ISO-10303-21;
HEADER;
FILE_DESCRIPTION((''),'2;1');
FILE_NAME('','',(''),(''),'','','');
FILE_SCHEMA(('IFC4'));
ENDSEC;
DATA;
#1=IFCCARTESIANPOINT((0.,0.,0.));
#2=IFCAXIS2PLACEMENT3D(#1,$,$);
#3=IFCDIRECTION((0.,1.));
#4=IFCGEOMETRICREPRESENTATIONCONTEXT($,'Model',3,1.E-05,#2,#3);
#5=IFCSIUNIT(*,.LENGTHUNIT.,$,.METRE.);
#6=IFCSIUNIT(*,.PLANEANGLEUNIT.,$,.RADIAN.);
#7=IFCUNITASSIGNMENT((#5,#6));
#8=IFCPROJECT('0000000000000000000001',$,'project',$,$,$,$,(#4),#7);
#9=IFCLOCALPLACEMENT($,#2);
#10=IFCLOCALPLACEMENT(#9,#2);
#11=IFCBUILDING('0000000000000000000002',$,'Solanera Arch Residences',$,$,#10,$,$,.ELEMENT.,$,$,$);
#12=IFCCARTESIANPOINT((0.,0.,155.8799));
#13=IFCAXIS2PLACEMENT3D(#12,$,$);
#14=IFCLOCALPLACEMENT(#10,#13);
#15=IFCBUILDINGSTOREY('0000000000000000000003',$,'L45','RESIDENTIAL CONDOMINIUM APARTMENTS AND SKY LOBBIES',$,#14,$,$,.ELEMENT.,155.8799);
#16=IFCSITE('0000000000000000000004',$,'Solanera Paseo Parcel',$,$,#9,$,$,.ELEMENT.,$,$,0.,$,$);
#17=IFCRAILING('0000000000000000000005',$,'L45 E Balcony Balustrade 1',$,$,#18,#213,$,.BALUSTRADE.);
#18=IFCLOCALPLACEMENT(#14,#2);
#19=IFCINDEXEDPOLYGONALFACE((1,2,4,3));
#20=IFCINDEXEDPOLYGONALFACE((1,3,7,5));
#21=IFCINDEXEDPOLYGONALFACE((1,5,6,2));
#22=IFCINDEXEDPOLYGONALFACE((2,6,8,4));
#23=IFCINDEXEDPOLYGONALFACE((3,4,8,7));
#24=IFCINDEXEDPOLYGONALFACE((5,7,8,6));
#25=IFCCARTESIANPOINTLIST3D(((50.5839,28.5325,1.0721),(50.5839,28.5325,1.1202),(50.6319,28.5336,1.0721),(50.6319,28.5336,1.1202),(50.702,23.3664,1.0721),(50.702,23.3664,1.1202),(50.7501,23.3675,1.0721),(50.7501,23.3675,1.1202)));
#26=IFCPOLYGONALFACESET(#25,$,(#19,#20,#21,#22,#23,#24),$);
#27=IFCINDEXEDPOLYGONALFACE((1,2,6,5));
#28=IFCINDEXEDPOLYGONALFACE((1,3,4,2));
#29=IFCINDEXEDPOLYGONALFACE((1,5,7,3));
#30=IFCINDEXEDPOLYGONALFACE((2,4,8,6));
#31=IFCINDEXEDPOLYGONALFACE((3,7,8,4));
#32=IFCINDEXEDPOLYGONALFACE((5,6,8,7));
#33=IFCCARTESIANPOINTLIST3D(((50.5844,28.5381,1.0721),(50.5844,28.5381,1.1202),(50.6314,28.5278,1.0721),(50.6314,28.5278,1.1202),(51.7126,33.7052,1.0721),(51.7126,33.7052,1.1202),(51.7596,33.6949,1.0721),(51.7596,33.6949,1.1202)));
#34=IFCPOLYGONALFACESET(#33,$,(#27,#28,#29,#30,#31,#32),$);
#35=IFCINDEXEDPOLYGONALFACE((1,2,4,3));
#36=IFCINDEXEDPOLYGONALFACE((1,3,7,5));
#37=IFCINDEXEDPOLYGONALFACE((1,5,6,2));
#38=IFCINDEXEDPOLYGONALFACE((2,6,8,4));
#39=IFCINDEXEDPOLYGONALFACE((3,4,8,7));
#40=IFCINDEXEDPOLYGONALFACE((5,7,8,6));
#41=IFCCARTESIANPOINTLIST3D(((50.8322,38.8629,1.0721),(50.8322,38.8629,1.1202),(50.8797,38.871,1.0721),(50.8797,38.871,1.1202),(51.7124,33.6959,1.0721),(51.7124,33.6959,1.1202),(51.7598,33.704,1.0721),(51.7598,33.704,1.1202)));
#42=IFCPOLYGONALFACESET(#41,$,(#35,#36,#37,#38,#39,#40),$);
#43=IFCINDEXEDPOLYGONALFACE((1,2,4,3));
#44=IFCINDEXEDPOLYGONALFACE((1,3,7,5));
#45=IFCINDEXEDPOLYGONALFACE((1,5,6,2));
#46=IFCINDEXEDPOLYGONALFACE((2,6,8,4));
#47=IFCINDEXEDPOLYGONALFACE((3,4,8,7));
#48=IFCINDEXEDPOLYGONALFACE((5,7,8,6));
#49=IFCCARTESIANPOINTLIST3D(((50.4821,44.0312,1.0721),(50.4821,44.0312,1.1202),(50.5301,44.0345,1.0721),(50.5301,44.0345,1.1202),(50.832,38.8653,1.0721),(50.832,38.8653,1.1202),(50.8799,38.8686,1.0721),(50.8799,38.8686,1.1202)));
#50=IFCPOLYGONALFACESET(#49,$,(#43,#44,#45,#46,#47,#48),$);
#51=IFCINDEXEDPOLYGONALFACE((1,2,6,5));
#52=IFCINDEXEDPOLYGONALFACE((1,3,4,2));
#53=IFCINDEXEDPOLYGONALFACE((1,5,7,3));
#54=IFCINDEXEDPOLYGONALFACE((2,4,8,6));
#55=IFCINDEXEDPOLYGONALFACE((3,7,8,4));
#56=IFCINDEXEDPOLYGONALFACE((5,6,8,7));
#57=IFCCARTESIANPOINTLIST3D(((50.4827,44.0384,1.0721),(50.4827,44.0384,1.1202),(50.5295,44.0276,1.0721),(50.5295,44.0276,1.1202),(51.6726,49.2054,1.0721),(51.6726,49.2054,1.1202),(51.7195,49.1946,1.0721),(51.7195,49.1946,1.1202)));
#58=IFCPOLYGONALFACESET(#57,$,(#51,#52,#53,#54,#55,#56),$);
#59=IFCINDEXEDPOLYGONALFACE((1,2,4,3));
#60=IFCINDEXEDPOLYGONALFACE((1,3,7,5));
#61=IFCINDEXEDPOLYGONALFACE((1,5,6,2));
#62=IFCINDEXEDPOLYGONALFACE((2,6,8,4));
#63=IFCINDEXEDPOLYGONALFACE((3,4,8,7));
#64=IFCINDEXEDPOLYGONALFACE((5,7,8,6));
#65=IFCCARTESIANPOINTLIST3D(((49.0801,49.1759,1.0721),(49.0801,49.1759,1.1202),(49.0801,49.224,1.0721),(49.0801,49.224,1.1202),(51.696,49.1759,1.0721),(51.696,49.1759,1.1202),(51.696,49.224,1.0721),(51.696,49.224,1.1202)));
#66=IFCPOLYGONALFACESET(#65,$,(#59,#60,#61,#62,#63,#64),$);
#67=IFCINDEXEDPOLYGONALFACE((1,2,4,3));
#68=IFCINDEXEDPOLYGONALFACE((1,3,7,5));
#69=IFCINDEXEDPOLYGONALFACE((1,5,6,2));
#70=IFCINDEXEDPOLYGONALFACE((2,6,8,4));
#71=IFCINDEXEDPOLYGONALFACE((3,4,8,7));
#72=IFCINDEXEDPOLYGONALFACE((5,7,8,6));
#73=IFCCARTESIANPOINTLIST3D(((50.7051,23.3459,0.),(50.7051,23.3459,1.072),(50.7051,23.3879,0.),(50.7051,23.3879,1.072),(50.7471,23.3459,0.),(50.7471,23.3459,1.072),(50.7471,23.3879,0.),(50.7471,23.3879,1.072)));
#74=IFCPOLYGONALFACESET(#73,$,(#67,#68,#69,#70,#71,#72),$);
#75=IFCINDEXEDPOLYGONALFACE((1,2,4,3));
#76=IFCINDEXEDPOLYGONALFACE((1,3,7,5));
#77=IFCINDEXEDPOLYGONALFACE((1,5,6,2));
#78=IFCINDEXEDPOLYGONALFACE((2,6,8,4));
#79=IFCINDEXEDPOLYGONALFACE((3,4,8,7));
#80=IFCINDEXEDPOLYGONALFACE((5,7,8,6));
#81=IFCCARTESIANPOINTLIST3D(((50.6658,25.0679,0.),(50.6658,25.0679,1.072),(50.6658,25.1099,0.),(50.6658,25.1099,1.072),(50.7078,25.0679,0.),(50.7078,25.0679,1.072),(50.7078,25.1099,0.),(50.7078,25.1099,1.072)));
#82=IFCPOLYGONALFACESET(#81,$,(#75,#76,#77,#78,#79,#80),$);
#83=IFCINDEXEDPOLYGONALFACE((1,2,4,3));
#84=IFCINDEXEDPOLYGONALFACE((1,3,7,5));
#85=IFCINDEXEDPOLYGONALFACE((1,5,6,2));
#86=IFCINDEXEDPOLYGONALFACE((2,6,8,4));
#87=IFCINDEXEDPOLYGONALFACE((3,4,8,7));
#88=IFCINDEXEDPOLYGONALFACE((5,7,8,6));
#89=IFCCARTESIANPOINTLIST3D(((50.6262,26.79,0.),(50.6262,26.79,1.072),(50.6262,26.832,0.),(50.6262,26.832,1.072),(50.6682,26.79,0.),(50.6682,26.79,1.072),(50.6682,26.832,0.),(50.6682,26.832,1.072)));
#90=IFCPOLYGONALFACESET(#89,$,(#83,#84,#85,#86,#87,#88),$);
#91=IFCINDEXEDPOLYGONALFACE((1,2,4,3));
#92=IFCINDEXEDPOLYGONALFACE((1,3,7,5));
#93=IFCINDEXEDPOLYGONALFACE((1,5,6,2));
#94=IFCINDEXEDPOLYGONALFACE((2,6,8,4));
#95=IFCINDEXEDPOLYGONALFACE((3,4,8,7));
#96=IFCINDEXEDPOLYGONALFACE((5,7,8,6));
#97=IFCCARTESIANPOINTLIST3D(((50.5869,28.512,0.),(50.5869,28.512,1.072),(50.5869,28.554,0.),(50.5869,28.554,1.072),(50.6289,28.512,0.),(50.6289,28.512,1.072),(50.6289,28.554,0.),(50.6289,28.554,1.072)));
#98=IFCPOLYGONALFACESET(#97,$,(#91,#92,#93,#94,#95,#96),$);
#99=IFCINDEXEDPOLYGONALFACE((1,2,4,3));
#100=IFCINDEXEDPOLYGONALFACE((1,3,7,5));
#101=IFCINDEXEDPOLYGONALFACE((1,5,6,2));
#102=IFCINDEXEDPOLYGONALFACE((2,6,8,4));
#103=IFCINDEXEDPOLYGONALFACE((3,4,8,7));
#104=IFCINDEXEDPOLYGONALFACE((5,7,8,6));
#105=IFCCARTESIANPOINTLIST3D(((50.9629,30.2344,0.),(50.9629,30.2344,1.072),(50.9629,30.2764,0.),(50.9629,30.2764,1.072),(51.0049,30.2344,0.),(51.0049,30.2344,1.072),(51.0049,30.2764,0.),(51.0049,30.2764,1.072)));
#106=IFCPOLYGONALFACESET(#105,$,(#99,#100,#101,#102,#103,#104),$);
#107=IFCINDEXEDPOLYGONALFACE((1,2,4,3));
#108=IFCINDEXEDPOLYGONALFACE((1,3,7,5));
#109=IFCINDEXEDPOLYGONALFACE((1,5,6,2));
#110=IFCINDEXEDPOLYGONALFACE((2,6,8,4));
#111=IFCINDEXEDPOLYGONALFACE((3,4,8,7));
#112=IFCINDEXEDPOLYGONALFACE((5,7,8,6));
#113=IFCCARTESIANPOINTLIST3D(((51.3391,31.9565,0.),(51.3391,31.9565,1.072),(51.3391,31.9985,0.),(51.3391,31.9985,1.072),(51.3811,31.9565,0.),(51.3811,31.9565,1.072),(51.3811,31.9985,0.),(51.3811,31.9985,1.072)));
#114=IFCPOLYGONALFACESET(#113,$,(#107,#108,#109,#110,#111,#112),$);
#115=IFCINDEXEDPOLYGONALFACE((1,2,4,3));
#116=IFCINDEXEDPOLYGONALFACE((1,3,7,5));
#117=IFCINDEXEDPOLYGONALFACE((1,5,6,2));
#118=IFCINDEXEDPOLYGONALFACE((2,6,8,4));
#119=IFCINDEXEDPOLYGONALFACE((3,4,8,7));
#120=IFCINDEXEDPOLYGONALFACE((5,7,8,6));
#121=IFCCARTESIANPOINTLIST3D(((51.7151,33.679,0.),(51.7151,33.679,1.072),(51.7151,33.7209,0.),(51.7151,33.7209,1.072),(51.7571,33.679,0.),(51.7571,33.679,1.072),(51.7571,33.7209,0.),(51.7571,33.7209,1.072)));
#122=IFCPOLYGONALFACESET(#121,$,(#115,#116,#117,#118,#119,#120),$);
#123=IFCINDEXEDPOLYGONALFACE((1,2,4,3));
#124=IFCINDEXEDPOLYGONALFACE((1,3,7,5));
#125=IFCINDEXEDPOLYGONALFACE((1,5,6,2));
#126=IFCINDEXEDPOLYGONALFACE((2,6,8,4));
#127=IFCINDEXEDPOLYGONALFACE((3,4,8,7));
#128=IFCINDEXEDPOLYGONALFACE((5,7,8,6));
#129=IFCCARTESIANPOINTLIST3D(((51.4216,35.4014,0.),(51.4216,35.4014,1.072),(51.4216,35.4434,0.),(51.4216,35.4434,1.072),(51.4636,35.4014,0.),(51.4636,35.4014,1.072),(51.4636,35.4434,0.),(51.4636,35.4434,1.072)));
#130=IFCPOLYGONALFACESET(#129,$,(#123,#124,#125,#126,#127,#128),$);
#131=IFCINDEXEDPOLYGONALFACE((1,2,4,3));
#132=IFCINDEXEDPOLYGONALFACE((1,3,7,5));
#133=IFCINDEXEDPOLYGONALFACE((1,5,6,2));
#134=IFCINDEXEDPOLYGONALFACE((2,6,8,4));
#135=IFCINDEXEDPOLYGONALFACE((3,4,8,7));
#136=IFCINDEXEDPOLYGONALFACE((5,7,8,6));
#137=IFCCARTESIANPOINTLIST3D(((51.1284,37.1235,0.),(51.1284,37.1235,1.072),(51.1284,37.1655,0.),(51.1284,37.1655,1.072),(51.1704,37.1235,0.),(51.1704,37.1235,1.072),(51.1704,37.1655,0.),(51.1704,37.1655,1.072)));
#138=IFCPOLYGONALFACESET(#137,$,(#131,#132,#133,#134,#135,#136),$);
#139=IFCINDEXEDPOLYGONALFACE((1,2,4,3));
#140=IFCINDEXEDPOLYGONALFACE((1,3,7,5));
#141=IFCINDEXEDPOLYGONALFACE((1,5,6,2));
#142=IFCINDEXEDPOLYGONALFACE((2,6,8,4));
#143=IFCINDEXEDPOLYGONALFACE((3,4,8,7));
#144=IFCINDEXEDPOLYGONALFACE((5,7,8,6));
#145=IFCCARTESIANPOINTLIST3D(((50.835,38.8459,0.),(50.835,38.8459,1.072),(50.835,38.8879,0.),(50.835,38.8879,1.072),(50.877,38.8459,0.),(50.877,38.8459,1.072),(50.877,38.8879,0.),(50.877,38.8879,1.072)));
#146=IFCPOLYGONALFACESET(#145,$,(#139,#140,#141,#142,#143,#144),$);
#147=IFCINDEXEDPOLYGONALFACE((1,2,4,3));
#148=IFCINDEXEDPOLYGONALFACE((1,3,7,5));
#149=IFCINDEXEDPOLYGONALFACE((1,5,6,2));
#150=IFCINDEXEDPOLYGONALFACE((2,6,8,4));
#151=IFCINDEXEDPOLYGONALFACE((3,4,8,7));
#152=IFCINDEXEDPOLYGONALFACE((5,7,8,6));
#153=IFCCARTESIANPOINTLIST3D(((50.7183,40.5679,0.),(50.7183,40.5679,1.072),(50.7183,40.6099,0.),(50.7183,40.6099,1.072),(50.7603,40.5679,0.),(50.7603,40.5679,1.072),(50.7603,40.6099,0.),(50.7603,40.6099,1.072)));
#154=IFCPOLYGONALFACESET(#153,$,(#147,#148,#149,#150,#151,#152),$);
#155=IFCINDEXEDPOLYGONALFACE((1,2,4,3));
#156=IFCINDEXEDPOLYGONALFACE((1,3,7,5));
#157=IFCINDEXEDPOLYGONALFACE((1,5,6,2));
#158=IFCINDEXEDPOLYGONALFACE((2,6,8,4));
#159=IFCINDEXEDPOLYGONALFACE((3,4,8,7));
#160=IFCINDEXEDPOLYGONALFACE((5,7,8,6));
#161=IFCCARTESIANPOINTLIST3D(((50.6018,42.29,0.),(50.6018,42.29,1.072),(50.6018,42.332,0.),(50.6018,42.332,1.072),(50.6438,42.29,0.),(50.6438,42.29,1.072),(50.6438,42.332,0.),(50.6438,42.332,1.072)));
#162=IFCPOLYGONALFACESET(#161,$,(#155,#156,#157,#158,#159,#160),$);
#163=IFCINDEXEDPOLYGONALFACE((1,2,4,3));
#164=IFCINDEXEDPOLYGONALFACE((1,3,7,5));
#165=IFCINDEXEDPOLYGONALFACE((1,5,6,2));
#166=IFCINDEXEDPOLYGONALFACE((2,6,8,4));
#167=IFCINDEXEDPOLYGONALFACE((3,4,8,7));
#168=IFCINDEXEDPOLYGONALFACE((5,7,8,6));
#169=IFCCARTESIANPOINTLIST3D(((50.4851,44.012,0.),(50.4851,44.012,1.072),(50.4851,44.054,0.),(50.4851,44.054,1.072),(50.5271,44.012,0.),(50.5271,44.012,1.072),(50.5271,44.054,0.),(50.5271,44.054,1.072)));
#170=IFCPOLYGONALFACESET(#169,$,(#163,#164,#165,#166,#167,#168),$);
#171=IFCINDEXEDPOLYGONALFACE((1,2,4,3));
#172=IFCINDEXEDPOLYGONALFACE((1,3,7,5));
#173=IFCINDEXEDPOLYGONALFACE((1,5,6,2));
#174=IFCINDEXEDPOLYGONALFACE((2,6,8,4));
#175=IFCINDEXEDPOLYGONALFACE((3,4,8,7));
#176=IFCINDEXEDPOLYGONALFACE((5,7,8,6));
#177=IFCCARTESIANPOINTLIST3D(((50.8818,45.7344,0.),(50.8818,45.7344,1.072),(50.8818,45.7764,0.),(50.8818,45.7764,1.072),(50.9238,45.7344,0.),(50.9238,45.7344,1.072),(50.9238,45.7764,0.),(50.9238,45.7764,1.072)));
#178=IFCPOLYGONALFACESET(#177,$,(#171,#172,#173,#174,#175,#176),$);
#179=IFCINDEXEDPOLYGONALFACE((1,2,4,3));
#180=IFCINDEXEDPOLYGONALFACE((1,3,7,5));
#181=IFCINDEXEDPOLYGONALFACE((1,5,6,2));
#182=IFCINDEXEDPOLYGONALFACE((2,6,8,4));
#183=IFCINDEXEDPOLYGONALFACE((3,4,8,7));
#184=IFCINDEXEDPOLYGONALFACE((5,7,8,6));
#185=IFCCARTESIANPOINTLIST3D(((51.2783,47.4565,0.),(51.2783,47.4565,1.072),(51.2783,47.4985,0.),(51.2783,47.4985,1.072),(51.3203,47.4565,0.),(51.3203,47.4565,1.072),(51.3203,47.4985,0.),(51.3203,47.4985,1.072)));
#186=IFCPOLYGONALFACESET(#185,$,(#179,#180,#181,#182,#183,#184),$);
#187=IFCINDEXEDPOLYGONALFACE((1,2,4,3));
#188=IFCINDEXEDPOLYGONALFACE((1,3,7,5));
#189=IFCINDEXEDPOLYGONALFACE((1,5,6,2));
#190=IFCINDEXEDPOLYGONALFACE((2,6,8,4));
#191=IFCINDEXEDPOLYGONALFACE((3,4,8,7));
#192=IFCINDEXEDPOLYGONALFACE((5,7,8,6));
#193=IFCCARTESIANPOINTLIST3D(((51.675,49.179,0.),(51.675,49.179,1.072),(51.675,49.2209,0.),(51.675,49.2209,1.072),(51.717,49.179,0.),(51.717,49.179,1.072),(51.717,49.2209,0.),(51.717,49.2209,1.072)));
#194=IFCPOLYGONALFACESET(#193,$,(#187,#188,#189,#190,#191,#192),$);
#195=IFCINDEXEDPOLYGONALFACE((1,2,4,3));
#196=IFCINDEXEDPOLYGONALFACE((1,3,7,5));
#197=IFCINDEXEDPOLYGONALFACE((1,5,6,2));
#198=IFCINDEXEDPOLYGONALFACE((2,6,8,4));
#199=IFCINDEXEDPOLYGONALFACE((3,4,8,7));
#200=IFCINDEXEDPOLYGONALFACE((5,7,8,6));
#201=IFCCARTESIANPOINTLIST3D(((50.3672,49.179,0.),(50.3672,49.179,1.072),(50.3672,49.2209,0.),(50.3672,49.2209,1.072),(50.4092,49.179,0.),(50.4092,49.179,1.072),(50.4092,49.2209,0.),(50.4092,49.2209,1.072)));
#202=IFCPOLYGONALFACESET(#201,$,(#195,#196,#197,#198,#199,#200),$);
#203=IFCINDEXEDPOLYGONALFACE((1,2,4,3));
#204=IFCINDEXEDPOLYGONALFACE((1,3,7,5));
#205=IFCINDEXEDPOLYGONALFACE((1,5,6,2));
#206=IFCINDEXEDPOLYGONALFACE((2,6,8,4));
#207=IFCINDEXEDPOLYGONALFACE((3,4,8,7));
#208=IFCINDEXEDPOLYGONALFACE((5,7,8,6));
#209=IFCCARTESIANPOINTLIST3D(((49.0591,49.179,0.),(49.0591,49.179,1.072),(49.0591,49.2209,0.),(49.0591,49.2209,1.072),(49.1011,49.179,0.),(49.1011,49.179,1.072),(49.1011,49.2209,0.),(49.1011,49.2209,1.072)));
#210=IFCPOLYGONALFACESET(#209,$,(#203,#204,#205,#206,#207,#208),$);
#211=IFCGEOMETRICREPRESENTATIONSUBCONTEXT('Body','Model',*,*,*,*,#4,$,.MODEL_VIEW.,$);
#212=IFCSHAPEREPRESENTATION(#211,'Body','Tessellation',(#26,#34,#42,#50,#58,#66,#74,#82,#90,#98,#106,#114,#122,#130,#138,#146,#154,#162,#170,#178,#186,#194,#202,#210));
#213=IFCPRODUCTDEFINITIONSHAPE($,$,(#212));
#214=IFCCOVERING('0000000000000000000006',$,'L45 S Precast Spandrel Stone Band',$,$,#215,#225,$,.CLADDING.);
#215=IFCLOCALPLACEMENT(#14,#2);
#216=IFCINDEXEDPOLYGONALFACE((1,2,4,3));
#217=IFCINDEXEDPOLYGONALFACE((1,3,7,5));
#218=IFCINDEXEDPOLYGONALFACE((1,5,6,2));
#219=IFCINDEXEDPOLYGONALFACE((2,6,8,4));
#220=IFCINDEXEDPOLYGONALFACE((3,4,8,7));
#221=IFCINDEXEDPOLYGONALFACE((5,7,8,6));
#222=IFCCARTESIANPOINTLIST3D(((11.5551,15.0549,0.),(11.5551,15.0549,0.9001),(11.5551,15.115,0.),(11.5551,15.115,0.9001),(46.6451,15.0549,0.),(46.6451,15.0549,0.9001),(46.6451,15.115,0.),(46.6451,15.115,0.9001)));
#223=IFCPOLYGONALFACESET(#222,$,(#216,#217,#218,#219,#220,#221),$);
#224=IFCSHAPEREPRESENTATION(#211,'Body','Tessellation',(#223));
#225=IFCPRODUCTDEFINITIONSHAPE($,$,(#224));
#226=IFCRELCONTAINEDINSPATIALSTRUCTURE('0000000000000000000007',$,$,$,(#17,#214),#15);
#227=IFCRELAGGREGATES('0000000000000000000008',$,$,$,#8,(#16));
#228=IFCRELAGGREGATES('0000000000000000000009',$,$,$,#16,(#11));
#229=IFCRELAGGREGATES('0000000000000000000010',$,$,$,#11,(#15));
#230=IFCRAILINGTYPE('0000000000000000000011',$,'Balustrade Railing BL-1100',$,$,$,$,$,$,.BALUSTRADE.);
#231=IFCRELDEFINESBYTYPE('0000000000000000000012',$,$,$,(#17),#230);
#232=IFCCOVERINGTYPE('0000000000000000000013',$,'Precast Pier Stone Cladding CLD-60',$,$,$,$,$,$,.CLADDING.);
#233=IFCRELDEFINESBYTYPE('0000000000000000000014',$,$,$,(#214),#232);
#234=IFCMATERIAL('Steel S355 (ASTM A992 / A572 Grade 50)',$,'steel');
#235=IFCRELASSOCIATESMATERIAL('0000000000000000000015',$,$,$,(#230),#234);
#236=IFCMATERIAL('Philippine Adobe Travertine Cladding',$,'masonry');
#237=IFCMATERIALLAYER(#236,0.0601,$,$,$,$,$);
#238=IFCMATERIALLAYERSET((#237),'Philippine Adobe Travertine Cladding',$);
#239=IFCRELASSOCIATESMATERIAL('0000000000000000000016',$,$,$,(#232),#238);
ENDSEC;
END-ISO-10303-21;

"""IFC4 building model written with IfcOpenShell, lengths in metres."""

from ifc_helpers import new_model, si_unit, direction, frame, frame_2d, origin, origin_2d, place, context, subcontext, project, spatial, rectangle, extrude, material, layer, layer_set, type_object, element, save


model = new_model("IFC4")

# Units and contexts
model_context = context("Model", 3, precision=1e-05, world=origin(), true_north=direction((0.0, 1.0)))
body_context = subcontext(model_context, "Body", "Model", "MODEL_VIEW")
ifc_project = project(units=[si_unit("LENGTHUNIT", "METRE"), si_unit("PLANEANGLEUNIT", "RADIAN")], contexts=[model_context])

# Site, building, storey
site_placement = place(None, origin())
site = spatial("IfcSite", under=ifc_project, at=site_placement, Name="Solanera Paseo Parcel", CompositionType="ELEMENT", RefElevation=0.0)
building_placement = place(site_placement, origin())
building = spatial("IfcBuilding", under=site, at=building_placement, Name="Solanera Arch Residences", CompositionType="ELEMENT")
storey_placement = place(building_placement, frame((0.0, 0.0, 155.8799)))
storey = spatial("IfcBuildingStorey", under=building, at=storey_placement, Name="L45", Description="RESIDENTIAL CONDOMINIUM APARTMENTS AND SKY LOBBIES", CompositionType="ELEMENT", Elevation=155.8799)

# Railing
ifc_material_1 = material(Name="Steel S355 (ASTM A992 / A572 Grade 50)", Category="steel")
railing_type = type_object("IfcRailingType", Name="Balustrade Railing BL-1100", PredefinedType="BALUSTRADE", material=ifc_material_1)
railing_1_placement = place(storey_placement, frame((50.7261, 23.3669, 0.0)))
element("IfcRailing", 1, at=railing_1_placement, inside=storey, type_object=railing_type, Name="L45 E Balcony Balustrade 1", PredefinedType="BALUSTRADE", context=body_context, shape_type="SweptSolid", body=[
    extrude(rectangle(XDim=0.0481, YDim=0.0481, at=origin_2d()), frame((0.0, 0.0, 1.0962), z_axis=(-0.022867, 0.999739, 0.0), x_axis=(-0.999739, -0.022867, 0.0)), (0.0, 0.0, 1.0), 5.1675),
    extrude(rectangle(XDim=0.0481, YDim=0.0481, at=origin_2d()), frame((-0.1182, 5.166, 1.0962), z_axis=(0.213317, 0.976983, 0.0), x_axis=(-0.976983, 0.213317, 0.0)), (0.0, 0.0, 1.0), 5.2888),
    extrude(rectangle(XDim=0.0481, YDim=0.0481, at=origin_2d()), frame((1.01, 10.333, 1.0962), z_axis=(-0.167918, 0.985801, 0.0), x_axis=(-0.985801, -0.167918, 0.0)), (0.0, 0.0, 1.0), 5.2415),
    extrude(rectangle(XDim=0.0481, YDim=0.0481, at=origin_2d()), frame((0.1299, 15.5, 1.0962), z_axis=(-0.067567, 0.997715, 0.0), x_axis=(-0.997715, -0.067567, 0.0)), (0.0, 0.0, 1.0), 5.1777),
    extrude(rectangle(XDim=0.0481, YDim=0.0481, at=origin_2d()), frame((-0.22, 20.666, 1.0962), z_axis=(0.224422, 0.974492, 0.0), x_axis=(-0.974492, 0.224422, 0.0)), (0.0, 0.0, 1.0), 5.3022),
    extrude(rectangle(XDim=0.0481, YDim=0.0481, at=origin_2d()), frame((0.97, 25.833, 1.0962), z_axis=(-1.0, 0.0, 0.0), x_axis=(0.0, -1.0, 0.0)), (0.0, 0.0, 1.0), 2.616),
    extrude(rectangle(XDim=0.042, YDim=0.042, at=origin_2d()), origin(), (0.0, 0.0, 1.0), 1.072),
    extrude(rectangle(XDim=0.042, YDim=0.042, at=origin_2d()), frame((-0.0393, 1.7219, 0.0)), (0.0, 0.0, 1.0), 1.072),
    extrude(rectangle(XDim=0.042, YDim=0.042, at=origin_2d()), frame((-0.0789, 3.4441, 0.0)), (0.0, 0.0, 1.0), 1.072),
    extrude(rectangle(XDim=0.042, YDim=0.042, at=origin_2d()), frame((-0.1182, 5.166, 0.0)), (0.0, 0.0, 1.0), 1.072),
    extrude(rectangle(XDim=0.042, YDim=0.042, at=origin_2d()), frame((0.2578, 6.8884, 0.0)), (0.0, 0.0, 1.0), 1.072),
    extrude(rectangle(XDim=0.042, YDim=0.042, at=origin_2d()), frame((0.634, 8.6106, 0.0)), (0.0, 0.0, 1.0), 1.072),
    extrude(rectangle(XDim=0.042, YDim=0.042, at=origin_2d()), frame((1.01, 10.333, 0.0)), (0.0, 0.0, 1.0), 1.072),
    extrude(rectangle(XDim=0.042, YDim=0.042, at=origin_2d()), frame((0.7166, 12.0554, 0.0)), (0.0, 0.0, 1.0), 1.072),
    extrude(rectangle(XDim=0.042, YDim=0.042, at=origin_2d()), frame((0.4233, 13.7776, 0.0)), (0.0, 0.0, 1.0), 1.072),
    extrude(rectangle(XDim=0.042, YDim=0.042, at=origin_2d()), frame((0.1299, 15.5, 0.0)), (0.0, 0.0, 1.0), 1.072),
    extrude(rectangle(XDim=0.042, YDim=0.042, at=origin_2d()), frame((0.0132, 17.2219, 0.0)), (0.0, 0.0, 1.0), 1.072),
    extrude(rectangle(XDim=0.042, YDim=0.042, at=origin_2d()), frame((-0.1033, 18.9441, 0.0)), (0.0, 0.0, 1.0), 1.072),
    extrude(rectangle(XDim=0.042, YDim=0.042, at=origin_2d()), frame((-0.22, 20.666, 0.0)), (0.0, 0.0, 1.0), 1.072),
    extrude(rectangle(XDim=0.042, YDim=0.042, at=origin_2d()), frame((0.1768, 22.3884, 0.0)), (0.0, 0.0, 1.0), 1.072),
    extrude(rectangle(XDim=0.042, YDim=0.042, at=origin_2d()), frame((0.5732, 24.1106, 0.0)), (0.0, 0.0, 1.0), 1.072),
    extrude(rectangle(XDim=0.042, YDim=0.042, at=origin_2d()), frame((0.97, 25.833, 0.0)), (0.0, 0.0, 1.0), 1.072),
    extrude(rectangle(XDim=0.042, YDim=0.042, at=origin_2d()), frame((-0.3379, 25.833, 0.0)), (0.0, 0.0, 1.0), 1.072),
    extrude(rectangle(XDim=0.042, YDim=0.042, at=origin_2d()), frame((-1.646, 25.833, 0.0)), (0.0, 0.0, 1.0), 1.072),
])

# Covering
ifc_material_2 = material(Name="Philippine Adobe Travertine Cladding", Category="masonry")
ifc_layer_1 = layer(ifc_material_2, 0.0601)
ifc_layer_set_1 = layer_set([ifc_layer_1], Name="Philippine Adobe Travertine Cladding")
covering_type = type_object("IfcCoveringType", Name="Precast Pier Stone Cladding CLD-60", PredefinedType="CLADDING", material=ifc_layer_set_1)
covering_placement = place(storey_placement, frame((46.645, 15.085, 0.0), z_axis=(0.0, 0.0, 1.0), x_axis=(-1.0, 0.0, 0.0)))
element("IfcCovering", 2, at=covering_placement, inside=storey, type_object=covering_type, Name="L45 S Precast Spandrel Stone Band", PredefinedType="CLADDING", context=body_context, shape_type="SweptSolid", body=[
    extrude(rectangle(XDim=35.0901, YDim=0.0601, at=frame_2d((17.5449, 0.0))), origin(), (0.0, 0.0, 1.0), 0.9001),
])

save(model, "model.ifc")
